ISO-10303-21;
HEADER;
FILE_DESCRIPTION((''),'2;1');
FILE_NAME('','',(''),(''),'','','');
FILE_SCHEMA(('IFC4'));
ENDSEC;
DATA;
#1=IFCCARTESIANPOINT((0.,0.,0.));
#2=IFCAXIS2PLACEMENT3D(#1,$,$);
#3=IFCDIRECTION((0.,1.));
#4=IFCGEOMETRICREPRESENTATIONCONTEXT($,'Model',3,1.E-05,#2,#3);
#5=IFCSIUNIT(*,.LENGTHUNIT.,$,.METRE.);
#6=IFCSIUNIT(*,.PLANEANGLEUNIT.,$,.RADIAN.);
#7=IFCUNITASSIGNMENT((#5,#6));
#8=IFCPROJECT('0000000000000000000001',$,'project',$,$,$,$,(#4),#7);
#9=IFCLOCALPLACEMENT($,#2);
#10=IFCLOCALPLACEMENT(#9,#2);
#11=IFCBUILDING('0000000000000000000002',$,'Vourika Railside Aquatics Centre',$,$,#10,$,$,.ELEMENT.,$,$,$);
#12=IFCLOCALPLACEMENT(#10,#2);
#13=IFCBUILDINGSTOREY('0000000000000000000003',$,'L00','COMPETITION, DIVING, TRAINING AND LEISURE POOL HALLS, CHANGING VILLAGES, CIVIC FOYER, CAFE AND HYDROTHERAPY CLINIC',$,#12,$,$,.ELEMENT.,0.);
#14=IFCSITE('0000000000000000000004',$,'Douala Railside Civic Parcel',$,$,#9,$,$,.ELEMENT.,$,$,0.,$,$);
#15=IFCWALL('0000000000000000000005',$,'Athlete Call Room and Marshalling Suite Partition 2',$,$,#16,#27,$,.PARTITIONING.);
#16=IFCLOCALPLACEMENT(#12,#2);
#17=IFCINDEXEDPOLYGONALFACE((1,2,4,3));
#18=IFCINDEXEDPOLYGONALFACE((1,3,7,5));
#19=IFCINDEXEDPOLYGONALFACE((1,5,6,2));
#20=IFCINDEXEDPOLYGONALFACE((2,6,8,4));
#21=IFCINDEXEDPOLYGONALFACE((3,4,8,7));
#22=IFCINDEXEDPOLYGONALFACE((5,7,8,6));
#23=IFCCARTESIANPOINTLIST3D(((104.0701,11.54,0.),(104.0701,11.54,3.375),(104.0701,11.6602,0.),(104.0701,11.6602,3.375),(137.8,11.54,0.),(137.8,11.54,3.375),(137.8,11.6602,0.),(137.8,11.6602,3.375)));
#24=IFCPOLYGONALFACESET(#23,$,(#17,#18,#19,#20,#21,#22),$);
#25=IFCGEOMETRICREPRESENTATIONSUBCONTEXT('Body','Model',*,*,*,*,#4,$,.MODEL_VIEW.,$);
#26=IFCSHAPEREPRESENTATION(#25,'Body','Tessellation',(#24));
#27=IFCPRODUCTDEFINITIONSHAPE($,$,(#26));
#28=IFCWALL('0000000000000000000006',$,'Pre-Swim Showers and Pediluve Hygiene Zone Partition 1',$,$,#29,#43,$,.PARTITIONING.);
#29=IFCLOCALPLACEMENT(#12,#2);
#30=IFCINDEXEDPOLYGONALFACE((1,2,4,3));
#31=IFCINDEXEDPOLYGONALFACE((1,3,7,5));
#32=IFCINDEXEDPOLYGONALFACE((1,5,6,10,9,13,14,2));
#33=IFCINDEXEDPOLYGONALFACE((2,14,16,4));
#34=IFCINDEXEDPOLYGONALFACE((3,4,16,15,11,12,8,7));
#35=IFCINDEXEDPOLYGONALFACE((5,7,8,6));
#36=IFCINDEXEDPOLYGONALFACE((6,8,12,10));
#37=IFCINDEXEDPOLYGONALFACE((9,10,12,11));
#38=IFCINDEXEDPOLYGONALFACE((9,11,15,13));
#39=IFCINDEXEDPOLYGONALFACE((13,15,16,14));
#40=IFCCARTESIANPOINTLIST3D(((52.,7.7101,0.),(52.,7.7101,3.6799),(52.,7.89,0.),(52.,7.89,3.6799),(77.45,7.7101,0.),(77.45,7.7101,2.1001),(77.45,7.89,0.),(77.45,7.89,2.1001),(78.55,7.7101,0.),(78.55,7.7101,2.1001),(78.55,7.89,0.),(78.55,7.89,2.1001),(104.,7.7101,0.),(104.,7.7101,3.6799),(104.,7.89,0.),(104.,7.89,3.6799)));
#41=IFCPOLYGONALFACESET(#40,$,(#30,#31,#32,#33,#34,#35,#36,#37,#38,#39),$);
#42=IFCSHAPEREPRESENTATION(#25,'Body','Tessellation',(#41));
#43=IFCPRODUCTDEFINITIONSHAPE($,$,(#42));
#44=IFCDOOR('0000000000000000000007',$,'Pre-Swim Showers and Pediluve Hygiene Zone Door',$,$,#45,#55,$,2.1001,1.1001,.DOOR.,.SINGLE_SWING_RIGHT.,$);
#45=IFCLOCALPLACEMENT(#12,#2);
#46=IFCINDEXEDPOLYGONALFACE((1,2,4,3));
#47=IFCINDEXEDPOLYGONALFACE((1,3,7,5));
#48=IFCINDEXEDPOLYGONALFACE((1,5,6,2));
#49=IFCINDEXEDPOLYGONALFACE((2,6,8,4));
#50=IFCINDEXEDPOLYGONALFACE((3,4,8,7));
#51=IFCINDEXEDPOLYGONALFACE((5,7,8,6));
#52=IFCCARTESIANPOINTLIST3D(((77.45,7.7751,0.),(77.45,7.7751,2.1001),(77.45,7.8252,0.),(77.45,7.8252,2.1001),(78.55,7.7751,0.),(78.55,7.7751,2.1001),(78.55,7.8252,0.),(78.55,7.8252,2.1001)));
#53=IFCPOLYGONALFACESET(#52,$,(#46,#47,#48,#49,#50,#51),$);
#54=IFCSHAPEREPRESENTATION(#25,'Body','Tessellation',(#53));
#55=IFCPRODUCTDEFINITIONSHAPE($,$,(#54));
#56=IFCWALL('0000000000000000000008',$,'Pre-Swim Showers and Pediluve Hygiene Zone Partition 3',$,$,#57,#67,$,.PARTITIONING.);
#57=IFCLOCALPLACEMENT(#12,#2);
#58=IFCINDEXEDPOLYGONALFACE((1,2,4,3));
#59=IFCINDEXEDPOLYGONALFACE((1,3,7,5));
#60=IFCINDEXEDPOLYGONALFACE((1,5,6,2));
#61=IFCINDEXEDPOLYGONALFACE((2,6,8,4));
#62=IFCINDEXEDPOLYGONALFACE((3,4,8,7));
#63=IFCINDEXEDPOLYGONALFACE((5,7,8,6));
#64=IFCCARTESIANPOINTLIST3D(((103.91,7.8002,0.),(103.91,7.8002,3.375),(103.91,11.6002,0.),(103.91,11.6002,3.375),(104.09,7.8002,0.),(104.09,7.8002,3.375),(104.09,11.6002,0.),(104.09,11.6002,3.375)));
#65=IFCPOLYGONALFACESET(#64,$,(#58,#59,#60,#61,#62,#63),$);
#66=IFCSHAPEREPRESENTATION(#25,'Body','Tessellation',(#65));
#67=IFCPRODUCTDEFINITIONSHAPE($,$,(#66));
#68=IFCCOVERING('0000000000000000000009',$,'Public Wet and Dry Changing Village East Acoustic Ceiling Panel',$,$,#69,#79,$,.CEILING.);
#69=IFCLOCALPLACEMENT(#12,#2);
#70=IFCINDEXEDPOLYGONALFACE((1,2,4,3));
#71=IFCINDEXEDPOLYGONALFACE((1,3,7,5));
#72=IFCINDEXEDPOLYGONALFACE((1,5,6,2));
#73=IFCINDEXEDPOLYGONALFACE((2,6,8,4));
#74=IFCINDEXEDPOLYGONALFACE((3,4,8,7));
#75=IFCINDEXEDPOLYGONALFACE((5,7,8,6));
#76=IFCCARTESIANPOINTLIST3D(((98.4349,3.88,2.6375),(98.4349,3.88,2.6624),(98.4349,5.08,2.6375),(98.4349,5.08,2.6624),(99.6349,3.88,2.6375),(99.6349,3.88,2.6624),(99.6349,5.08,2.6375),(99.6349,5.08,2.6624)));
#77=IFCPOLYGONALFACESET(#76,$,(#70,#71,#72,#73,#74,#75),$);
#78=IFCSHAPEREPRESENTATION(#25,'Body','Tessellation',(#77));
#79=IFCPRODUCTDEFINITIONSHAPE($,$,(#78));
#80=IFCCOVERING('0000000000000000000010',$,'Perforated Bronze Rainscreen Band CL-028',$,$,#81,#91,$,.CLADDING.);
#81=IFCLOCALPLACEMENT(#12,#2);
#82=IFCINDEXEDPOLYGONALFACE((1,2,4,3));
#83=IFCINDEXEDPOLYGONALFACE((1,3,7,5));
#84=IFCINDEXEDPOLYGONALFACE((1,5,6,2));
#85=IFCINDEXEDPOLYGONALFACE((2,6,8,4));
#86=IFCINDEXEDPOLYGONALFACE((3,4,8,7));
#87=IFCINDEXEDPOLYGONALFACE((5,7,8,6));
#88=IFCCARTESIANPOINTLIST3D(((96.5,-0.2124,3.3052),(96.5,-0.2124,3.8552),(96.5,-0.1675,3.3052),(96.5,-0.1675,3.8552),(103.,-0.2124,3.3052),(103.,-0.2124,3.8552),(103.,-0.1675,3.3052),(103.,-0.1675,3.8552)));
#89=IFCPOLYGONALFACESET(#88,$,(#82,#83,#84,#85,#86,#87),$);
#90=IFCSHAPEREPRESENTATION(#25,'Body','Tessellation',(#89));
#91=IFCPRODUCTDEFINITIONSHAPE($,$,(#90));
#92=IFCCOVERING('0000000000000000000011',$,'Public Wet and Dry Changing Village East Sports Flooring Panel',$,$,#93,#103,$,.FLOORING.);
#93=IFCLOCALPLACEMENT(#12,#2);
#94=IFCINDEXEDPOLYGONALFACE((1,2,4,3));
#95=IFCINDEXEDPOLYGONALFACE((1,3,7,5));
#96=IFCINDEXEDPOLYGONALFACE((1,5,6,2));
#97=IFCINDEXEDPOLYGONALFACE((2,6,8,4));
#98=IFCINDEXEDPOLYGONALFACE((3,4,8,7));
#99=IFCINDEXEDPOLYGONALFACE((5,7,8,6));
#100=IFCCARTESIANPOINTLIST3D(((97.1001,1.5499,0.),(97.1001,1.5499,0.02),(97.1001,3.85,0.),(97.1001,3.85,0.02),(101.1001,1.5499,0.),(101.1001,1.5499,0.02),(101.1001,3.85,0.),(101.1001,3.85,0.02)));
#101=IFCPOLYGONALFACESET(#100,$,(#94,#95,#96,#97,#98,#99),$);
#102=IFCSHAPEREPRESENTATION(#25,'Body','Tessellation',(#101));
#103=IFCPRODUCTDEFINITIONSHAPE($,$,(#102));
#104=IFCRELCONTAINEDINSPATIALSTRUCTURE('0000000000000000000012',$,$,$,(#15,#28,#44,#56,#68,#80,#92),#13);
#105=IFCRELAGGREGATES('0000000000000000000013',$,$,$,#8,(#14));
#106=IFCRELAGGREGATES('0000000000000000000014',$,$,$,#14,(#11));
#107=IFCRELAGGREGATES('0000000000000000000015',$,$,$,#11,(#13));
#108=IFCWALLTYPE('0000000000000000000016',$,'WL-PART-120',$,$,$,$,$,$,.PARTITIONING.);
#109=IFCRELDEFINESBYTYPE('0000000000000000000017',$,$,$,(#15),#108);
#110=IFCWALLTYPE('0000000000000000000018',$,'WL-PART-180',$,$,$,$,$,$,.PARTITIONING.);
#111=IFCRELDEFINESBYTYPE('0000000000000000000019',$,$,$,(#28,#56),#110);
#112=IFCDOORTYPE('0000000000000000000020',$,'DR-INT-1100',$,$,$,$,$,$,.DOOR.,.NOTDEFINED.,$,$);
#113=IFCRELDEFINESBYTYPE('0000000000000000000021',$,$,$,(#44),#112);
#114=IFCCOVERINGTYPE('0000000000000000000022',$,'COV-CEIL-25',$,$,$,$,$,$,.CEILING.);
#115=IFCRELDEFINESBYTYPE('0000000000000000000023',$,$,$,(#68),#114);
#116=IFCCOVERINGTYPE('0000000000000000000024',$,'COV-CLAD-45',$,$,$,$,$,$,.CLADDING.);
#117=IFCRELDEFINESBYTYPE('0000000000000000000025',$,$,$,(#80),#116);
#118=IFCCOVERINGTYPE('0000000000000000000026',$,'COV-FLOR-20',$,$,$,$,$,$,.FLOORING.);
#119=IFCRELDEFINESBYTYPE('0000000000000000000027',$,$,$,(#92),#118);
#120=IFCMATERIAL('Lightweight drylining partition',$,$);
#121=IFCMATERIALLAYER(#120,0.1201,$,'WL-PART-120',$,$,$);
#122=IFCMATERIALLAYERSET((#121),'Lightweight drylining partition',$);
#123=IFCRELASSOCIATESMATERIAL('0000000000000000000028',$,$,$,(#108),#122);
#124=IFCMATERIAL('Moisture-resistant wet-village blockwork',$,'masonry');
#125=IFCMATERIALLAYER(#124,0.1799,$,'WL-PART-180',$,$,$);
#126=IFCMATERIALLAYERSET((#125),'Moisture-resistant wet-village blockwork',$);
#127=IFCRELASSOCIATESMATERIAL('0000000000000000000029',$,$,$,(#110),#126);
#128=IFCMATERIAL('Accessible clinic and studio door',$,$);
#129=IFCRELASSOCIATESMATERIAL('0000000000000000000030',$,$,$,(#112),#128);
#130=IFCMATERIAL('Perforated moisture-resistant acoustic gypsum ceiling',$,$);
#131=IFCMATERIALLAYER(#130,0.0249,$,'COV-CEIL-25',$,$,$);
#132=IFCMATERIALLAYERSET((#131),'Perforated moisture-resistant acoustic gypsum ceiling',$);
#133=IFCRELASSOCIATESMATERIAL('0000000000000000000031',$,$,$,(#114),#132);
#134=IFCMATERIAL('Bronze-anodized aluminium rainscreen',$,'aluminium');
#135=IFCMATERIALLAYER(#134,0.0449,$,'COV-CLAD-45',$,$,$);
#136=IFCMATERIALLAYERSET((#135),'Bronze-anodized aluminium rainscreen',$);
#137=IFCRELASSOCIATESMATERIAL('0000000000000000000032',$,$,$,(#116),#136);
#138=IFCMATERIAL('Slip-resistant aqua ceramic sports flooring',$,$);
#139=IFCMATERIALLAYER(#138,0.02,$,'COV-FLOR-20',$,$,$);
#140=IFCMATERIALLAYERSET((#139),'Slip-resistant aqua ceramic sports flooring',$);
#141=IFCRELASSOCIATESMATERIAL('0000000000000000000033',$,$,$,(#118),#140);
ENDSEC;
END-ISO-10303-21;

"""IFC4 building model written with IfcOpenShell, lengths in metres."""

from ifc_helpers import new_model, si_unit, direction, frame, frame_2d, origin, origin_2d, place, context, subcontext, project, spatial, rectangle, extrude, material, layer, layer_set, type_object, element, fill, save


model = new_model("IFC4")

# Units and contexts
model_context = context("Model", 3, precision=1e-05, world=origin(), true_north=direction((0.0, 1.0)))
body_context = subcontext(model_context, "Body", "Model", "MODEL_VIEW")
ifc_project = project(units=[si_unit("LENGTHUNIT", "METRE"), si_unit("PLANEANGLEUNIT", "RADIAN")], contexts=[model_context])

# Site, building, storey
site_placement = place(None, origin())
site = spatial("IfcSite", under=ifc_project, at=site_placement, Name="Douala Railside Civic Parcel", CompositionType="ELEMENT", RefElevation=0.0)
building_placement = place(site_placement, origin())
building = spatial("IfcBuilding", under=site, at=building_placement, Name="Vourika Railside Aquatics Centre", CompositionType="ELEMENT")
storey_placement = place(building_placement, origin())
storey = spatial("IfcBuildingStorey", under=building, at=storey_placement, Name="L00", Description="COMPETITION, DIVING, TRAINING AND LEISURE POOL HALLS, CHANGING VILLAGES, CIVIC FOYER, CAFE AND HYDROTHERAPY CLINIC", CompositionType="ELEMENT", Elevation=0.0)

# Wall
ifc_material_1 = material(Name="Lightweight drylining partition")
ifc_layer_1 = layer(ifc_material_1, 0.1201, Name="WL-PART-120")
ifc_layer_set_1 = layer_set([ifc_layer_1], Name="Lightweight drylining partition")
wall_type_1 = type_object("IfcWallType", Name="WL-PART-120", PredefinedType="PARTITIONING", material=ifc_layer_set_1)
wall_1_placement = place(storey_placement, frame((104.0701, 11.6001, 0.0), z_axis=(0.0, 0.0, 1.0), x_axis=(1.0, 0.0, 0.0)))
element("IfcWall", 1, at=wall_1_placement, inside=storey, type_object=wall_type_1, Name="Athlete Call Room and Marshalling Suite Partition 2", PredefinedType="PARTITIONING", context=body_context, shape_type="SweptSolid", body=[
    extrude(rectangle(XDim=33.73, YDim=0.1201, at=frame_2d((16.865, 0.0))), origin(), (0.0, 0.0, 1.0), 3.375),
])

# Wall, opening, door
ifc_material_2 = material(Name="Moisture-resistant wet-village blockwork", Category="masonry")
ifc_layer_2 = layer(ifc_material_2, 0.1799, Name="WL-PART-180")
ifc_layer_set_2 = layer_set([ifc_layer_2], Name="Moisture-resistant wet-village blockwork")
wall_type_2 = type_object("IfcWallType", Name="WL-PART-180", PredefinedType="PARTITIONING", material=ifc_layer_set_2)
wall_2_placement = place(storey_placement, frame((104.0, 7.8, 0.0), z_axis=(0.0, 0.0, 1.0), x_axis=(-1.0, 0.0, 0.0)))
wall_2 = element("IfcWall", 2, at=wall_2_placement, inside=storey, type_object=wall_type_2, Name="Pre-Swim Showers and Pediluve Hygiene Zone Partition 1", PredefinedType="PARTITIONING", context=body_context, shape_type="SweptSolid", body=[
    extrude(rectangle(XDim=52.0, YDim=0.1799, at=frame_2d((26.0, 0.0))), origin(), (0.0, 0.0, 1.0), 3.6799),
])
opening_1_placement = place(wall_2_placement, frame((25.45, 0.0, 0.0)))
opening_1 = element("IfcOpeningElement", 3, at=opening_1_placement, cuts=wall_2, PredefinedType="OPENING", context=body_context, shape_type="SweptSolid", body=[
    extrude(rectangle(XDim=1.1001, YDim=2.1001, at=frame_2d((0.55, 1.05))), frame((0.0, 0.1001, 0.0), z_axis=(0.0, -1.0, 0.0), x_axis=(1.0, 0.0, 0.0)), (0.0, 0.0, 1.0), 0.2),
])
ifc_material_3 = material(Name="Accessible clinic and studio door")
door_type = type_object("IfcDoorType", Name="DR-INT-1100", OperationType="NOTDEFINED", PredefinedType="DOOR", material=ifc_material_3)
door_placement = place(opening_1_placement, origin())
door = element("IfcDoor", 4, at=door_placement, inside=storey, type_object=door_type, Name="Pre-Swim Showers and Pediluve Hygiene Zone Door", OperationType="SINGLE_SWING_RIGHT", OverallHeight=2.1001, OverallWidth=1.1001, PredefinedType="DOOR", context=body_context, shape_type="SweptSolid", body=[
    extrude(rectangle(XDim=1.1001, YDim=2.1001, at=frame_2d((0.55, 1.05))), frame((0.0, 0.0249, 0.0), z_axis=(0.0, -1.0, 0.0), x_axis=(1.0, 0.0, 0.0)), (0.0, 0.0, 1.0), 0.05),
])
fill(opening_1, door)

# Wall
wall_3_placement = place(storey_placement, frame((104.0, 11.6001, 0.0), z_axis=(0.0, 0.0, 1.0), x_axis=(0.0, -1.0, 0.0)))
element("IfcWall", 5, at=wall_3_placement, inside=storey, type_object=wall_type_2, Name="Pre-Swim Showers and Pediluve Hygiene Zone Partition 3", PredefinedType="PARTITIONING", context=body_context, shape_type="SweptSolid", body=[
    extrude(rectangle(XDim=3.8, YDim=0.1799, at=frame_2d((1.8999, 0.0))), origin(), (0.0, 0.0, 1.0), 3.375),
])

# Coverings
ifc_material_4 = material(Name="Perforated moisture-resistant acoustic gypsum ceiling")
ifc_layer_3 = layer(ifc_material_4, 0.0249, Name="COV-CEIL-25")
ifc_layer_set_3 = layer_set([ifc_layer_3], Name="Perforated moisture-resistant acoustic gypsum ceiling")
covering_type_1 = type_object("IfcCoveringType", Name="COV-CEIL-25", PredefinedType="CEILING", material=ifc_layer_set_3)
covering_1_placement = place(storey_placement, frame((99.0349, 4.48, 2.6375), z_axis=(0.0, 0.0, 1.0), x_axis=(1.0, 0.0, 0.0)))
element("IfcCovering", 6, at=covering_1_placement, inside=storey, type_object=covering_type_1, Name="Public Wet and Dry Changing Village East Acoustic Ceiling Panel", PredefinedType="CEILING", context=body_context, shape_type="SweptSolid", body=[
    extrude(rectangle(XDim=1.2, YDim=1.2, at=origin_2d()), origin(), (0.0, 0.0, 1.0), 0.0249),
])
ifc_material_5 = material(Name="Bronze-anodized aluminium rainscreen", Category="aluminium")
ifc_layer_4 = layer(ifc_material_5, 0.0449, Name="COV-CLAD-45")
ifc_layer_set_4 = layer_set([ifc_layer_4], Name="Bronze-anodized aluminium rainscreen")
covering_type_2 = type_object("IfcCoveringType", Name="COV-CLAD-45", PredefinedType="CLADDING", material=ifc_layer_set_4)
covering_2_placement = place(storey_placement, frame((99.75, -0.1899, 3.3052), z_axis=(0.0, 0.0, 1.0), x_axis=(1.0, 0.0, 0.0)))
element("IfcCovering", 7, at=covering_2_placement, inside=storey, type_object=covering_type_2, Name="Perforated Bronze Rainscreen Band CL-028", PredefinedType="CLADDING", context=body_context, shape_type="SweptSolid", body=[
    extrude(rectangle(XDim=6.5, YDim=0.0449, at=origin_2d()), origin(), (0.0, 0.0, 1.0), 0.55),
])
ifc_material_6 = material(Name="Slip-resistant aqua ceramic sports flooring")
ifc_layer_5 = layer(ifc_material_6, 0.02, Name="COV-FLOR-20")
ifc_layer_set_5 = layer_set([ifc_layer_5], Name="Slip-resistant aqua ceramic sports flooring")
covering_type_3 = type_object("IfcCoveringType", Name="COV-FLOR-20", PredefinedType="FLOORING", material=ifc_layer_set_5)
covering_3_placement = place(storey_placement, frame((99.1001, 2.7, 0.0), z_axis=(0.0, 0.0, 1.0), x_axis=(1.0, 0.0, 0.0)))
element("IfcCovering", 8, at=covering_3_placement, inside=storey, type_object=covering_type_3, Name="Public Wet and Dry Changing Village East Sports Flooring Panel", PredefinedType="FLOORING", context=body_context, shape_type="SweptSolid", body=[
    extrude(rectangle(XDim=4.0, YDim=2.3, at=origin_2d()), origin(), (0.0, 0.0, 1.0), 0.02),
])

save(model, "model.ifc")
